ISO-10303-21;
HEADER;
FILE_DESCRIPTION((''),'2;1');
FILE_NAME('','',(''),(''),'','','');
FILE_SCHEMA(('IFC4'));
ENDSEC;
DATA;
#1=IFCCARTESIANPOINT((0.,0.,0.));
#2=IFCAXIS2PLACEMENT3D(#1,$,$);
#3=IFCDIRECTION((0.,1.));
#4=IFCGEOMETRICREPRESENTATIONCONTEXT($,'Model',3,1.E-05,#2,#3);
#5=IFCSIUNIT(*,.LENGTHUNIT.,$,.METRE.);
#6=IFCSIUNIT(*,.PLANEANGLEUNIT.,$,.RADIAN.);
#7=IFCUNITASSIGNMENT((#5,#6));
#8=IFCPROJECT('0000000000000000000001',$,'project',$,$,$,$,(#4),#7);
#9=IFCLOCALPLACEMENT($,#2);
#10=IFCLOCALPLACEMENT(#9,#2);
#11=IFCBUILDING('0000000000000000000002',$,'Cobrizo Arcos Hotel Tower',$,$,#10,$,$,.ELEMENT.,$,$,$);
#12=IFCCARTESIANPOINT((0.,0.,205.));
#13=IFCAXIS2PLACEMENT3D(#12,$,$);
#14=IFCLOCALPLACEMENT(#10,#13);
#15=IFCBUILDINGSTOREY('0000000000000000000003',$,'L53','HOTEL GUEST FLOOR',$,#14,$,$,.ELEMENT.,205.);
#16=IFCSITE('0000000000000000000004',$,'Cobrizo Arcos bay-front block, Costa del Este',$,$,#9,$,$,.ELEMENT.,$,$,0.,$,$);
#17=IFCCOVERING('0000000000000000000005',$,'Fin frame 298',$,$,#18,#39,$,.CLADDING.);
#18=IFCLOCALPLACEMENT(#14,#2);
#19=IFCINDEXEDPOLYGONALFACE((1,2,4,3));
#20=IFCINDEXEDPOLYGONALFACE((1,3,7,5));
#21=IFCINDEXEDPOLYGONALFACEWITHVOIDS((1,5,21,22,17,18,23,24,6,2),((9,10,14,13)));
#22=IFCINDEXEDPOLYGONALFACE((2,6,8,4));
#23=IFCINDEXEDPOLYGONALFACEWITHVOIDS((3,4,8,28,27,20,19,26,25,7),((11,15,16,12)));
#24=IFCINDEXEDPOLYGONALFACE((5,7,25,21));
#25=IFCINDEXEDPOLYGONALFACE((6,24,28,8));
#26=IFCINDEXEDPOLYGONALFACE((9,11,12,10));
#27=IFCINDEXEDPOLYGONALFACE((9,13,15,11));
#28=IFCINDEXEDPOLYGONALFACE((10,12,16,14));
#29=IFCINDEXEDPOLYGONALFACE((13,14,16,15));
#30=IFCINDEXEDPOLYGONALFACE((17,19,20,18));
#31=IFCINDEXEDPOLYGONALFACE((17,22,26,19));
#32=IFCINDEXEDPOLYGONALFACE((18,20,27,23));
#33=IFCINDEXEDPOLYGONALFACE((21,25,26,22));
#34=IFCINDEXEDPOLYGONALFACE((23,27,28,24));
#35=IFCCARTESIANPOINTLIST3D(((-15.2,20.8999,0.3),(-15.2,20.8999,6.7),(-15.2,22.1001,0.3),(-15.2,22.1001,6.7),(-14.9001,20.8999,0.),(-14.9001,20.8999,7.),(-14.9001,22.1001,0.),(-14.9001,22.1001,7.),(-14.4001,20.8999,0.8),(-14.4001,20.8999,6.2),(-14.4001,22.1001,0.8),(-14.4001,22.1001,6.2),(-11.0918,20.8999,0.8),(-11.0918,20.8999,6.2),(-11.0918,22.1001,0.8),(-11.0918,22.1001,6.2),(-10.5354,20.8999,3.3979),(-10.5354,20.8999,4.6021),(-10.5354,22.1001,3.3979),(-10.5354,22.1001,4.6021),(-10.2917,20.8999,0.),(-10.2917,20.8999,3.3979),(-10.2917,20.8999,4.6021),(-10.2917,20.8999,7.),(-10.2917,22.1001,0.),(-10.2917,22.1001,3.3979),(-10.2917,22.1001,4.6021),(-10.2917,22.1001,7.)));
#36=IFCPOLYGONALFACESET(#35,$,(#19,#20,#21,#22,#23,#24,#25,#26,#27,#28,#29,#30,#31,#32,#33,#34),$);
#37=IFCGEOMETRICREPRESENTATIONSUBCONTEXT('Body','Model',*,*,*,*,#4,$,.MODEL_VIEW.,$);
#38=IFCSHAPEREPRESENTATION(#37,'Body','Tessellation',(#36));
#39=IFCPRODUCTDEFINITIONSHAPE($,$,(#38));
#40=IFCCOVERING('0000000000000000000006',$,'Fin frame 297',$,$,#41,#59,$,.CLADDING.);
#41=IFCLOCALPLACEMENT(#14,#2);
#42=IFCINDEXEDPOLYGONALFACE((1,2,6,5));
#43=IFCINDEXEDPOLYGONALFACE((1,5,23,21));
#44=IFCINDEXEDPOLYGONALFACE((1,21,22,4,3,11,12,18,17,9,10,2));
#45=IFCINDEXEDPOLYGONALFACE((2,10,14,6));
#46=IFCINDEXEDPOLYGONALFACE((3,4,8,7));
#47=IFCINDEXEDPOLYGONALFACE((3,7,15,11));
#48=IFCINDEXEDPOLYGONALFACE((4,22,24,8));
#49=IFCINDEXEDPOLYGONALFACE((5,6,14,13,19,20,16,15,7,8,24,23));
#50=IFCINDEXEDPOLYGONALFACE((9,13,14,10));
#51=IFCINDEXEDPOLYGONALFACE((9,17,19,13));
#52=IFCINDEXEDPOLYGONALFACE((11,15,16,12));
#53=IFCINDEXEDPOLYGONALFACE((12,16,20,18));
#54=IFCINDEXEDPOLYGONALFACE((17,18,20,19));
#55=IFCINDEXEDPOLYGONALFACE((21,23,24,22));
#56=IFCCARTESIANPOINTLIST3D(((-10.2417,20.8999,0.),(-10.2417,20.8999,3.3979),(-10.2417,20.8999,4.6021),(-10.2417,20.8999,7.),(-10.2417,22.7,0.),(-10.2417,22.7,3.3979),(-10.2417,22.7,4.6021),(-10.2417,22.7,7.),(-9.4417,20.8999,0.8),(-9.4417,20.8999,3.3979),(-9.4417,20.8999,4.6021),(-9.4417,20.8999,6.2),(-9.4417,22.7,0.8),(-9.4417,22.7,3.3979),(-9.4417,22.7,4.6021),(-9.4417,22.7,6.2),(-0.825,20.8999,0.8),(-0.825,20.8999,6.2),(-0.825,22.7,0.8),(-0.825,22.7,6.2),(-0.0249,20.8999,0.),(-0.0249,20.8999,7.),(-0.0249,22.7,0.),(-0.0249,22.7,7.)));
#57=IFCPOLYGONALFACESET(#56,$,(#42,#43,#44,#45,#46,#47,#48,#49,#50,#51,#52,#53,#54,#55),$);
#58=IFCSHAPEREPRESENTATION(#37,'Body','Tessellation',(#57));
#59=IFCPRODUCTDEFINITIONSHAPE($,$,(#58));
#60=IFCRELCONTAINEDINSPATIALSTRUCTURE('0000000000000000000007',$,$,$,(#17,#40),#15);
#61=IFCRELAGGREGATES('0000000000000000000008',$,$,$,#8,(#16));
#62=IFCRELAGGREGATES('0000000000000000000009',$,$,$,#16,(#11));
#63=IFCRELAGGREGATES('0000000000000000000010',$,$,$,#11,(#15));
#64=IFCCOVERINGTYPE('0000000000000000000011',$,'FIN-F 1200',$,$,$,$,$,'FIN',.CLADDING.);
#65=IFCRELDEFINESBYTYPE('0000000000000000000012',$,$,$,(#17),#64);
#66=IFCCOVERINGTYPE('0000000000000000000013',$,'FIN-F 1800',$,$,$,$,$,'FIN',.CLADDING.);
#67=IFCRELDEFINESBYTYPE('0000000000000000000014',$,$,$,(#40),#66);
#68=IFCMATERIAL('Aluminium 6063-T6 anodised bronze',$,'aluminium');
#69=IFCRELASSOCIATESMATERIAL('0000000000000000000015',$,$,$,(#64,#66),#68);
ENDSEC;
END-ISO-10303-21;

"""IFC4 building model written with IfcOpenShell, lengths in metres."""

from ifc_helpers import new_model, si_unit, direction, frame, origin, place, context, subcontext, project, spatial, polyline, outline, extrude, material, type_object, element, save


model = new_model("IFC4")

# Units and contexts
model_context = context("Model", 3, precision=1e-05, world=origin(), true_north=direction((0.0, 1.0)))
body_context = subcontext(model_context, "Body", "Model", "MODEL_VIEW")
ifc_project = project(units=[si_unit("LENGTHUNIT", "METRE"), si_unit("PLANEANGLEUNIT", "RADIAN")], contexts=[model_context])

# Site, building, storey
site_placement = place(None, origin())
site = spatial("IfcSite", under=ifc_project, at=site_placement, Name="Cobrizo Arcos bay-front block, Costa del Este", CompositionType="ELEMENT", RefElevation=0.0)
building_placement = place(site_placement, origin())
building = spatial("IfcBuilding", under=site, at=building_placement, Name="Cobrizo Arcos Hotel Tower", CompositionType="ELEMENT")
storey_placement = place(building_placement, frame((0.0, 0.0, 205.0)))
storey = spatial("IfcBuildingStorey", under=building, at=storey_placement, Name="L53", Description="HOTEL GUEST FLOOR", CompositionType="ELEMENT", Elevation=205.0)

# Shared definitions
ifc_material_1 = material(Name="Aluminium 6063-T6 anodised bronze", Category="aluminium")

# Coverings
covering_type_1 = type_object("IfcCoveringType", Name="FIN-F 1200", ElementType="FIN", PredefinedType="CLADDING", material=ifc_material_1)
covering_1_placement = place(storey_placement, frame((-10.2917, 20.8999, 0.0), z_axis=(0.0, 1.0, 0.0), x_axis=(-1.0, 0.0, 0.0)))
element("IfcCovering", 1, at=covering_1_placement, inside=storey, type_object=covering_type_1, Name="Fin frame 298", PredefinedType="CLADDING", context=body_context, shape_type="SweptSolid", body=[
    extrude(outline(polyline([(0.0, 7.0), (0.0, 4.6021), (0.2437, 4.6021), (0.2437, 3.3979), (0.0, 3.3979), (0.0, 0.0), (4.6084, 0.0), (4.9082, 0.3), (4.9082, 6.7), (4.6084, 7.0), (0.0, 7.0)]), holes=[polyline([(4.1084, 0.8), (0.8, 0.8), (0.8, 6.2), (4.1084, 6.2), (4.1084, 0.8)])]), origin(), (0.0, 0.0, 1.0), 1.2002),
])
covering_type_2 = type_object("IfcCoveringType", Name="FIN-F 1800", ElementType="FIN", PredefinedType="CLADDING", material=ifc_material_1)
covering_2_placement = place(storey_placement, frame((-0.0249, 20.8999, 0.0), z_axis=(0.0, 1.0, 0.0), x_axis=(-1.0, 0.0, 0.0)))
element("IfcCovering", 2, at=covering_2_placement, inside=storey, type_object=covering_type_2, Name="Fin frame 297", PredefinedType="CLADDING", context=body_context, shape_type="SweptSolid", body=[
    extrude(outline(polyline([(10.2168, 0.0), (10.2168, 3.3979), (9.4167, 3.3979), (9.4167, 0.8), (0.8, 0.8), (0.8, 6.2), (9.4167, 6.2), (9.4167, 4.6021), (10.2168, 4.6021), (10.2168, 7.0), (0.0, 7.0), (0.0, 0.0), (10.2168, 0.0)])), origin(), (0.0, 0.0, 1.0), 1.8),
])

save(model, "model.ifc")
